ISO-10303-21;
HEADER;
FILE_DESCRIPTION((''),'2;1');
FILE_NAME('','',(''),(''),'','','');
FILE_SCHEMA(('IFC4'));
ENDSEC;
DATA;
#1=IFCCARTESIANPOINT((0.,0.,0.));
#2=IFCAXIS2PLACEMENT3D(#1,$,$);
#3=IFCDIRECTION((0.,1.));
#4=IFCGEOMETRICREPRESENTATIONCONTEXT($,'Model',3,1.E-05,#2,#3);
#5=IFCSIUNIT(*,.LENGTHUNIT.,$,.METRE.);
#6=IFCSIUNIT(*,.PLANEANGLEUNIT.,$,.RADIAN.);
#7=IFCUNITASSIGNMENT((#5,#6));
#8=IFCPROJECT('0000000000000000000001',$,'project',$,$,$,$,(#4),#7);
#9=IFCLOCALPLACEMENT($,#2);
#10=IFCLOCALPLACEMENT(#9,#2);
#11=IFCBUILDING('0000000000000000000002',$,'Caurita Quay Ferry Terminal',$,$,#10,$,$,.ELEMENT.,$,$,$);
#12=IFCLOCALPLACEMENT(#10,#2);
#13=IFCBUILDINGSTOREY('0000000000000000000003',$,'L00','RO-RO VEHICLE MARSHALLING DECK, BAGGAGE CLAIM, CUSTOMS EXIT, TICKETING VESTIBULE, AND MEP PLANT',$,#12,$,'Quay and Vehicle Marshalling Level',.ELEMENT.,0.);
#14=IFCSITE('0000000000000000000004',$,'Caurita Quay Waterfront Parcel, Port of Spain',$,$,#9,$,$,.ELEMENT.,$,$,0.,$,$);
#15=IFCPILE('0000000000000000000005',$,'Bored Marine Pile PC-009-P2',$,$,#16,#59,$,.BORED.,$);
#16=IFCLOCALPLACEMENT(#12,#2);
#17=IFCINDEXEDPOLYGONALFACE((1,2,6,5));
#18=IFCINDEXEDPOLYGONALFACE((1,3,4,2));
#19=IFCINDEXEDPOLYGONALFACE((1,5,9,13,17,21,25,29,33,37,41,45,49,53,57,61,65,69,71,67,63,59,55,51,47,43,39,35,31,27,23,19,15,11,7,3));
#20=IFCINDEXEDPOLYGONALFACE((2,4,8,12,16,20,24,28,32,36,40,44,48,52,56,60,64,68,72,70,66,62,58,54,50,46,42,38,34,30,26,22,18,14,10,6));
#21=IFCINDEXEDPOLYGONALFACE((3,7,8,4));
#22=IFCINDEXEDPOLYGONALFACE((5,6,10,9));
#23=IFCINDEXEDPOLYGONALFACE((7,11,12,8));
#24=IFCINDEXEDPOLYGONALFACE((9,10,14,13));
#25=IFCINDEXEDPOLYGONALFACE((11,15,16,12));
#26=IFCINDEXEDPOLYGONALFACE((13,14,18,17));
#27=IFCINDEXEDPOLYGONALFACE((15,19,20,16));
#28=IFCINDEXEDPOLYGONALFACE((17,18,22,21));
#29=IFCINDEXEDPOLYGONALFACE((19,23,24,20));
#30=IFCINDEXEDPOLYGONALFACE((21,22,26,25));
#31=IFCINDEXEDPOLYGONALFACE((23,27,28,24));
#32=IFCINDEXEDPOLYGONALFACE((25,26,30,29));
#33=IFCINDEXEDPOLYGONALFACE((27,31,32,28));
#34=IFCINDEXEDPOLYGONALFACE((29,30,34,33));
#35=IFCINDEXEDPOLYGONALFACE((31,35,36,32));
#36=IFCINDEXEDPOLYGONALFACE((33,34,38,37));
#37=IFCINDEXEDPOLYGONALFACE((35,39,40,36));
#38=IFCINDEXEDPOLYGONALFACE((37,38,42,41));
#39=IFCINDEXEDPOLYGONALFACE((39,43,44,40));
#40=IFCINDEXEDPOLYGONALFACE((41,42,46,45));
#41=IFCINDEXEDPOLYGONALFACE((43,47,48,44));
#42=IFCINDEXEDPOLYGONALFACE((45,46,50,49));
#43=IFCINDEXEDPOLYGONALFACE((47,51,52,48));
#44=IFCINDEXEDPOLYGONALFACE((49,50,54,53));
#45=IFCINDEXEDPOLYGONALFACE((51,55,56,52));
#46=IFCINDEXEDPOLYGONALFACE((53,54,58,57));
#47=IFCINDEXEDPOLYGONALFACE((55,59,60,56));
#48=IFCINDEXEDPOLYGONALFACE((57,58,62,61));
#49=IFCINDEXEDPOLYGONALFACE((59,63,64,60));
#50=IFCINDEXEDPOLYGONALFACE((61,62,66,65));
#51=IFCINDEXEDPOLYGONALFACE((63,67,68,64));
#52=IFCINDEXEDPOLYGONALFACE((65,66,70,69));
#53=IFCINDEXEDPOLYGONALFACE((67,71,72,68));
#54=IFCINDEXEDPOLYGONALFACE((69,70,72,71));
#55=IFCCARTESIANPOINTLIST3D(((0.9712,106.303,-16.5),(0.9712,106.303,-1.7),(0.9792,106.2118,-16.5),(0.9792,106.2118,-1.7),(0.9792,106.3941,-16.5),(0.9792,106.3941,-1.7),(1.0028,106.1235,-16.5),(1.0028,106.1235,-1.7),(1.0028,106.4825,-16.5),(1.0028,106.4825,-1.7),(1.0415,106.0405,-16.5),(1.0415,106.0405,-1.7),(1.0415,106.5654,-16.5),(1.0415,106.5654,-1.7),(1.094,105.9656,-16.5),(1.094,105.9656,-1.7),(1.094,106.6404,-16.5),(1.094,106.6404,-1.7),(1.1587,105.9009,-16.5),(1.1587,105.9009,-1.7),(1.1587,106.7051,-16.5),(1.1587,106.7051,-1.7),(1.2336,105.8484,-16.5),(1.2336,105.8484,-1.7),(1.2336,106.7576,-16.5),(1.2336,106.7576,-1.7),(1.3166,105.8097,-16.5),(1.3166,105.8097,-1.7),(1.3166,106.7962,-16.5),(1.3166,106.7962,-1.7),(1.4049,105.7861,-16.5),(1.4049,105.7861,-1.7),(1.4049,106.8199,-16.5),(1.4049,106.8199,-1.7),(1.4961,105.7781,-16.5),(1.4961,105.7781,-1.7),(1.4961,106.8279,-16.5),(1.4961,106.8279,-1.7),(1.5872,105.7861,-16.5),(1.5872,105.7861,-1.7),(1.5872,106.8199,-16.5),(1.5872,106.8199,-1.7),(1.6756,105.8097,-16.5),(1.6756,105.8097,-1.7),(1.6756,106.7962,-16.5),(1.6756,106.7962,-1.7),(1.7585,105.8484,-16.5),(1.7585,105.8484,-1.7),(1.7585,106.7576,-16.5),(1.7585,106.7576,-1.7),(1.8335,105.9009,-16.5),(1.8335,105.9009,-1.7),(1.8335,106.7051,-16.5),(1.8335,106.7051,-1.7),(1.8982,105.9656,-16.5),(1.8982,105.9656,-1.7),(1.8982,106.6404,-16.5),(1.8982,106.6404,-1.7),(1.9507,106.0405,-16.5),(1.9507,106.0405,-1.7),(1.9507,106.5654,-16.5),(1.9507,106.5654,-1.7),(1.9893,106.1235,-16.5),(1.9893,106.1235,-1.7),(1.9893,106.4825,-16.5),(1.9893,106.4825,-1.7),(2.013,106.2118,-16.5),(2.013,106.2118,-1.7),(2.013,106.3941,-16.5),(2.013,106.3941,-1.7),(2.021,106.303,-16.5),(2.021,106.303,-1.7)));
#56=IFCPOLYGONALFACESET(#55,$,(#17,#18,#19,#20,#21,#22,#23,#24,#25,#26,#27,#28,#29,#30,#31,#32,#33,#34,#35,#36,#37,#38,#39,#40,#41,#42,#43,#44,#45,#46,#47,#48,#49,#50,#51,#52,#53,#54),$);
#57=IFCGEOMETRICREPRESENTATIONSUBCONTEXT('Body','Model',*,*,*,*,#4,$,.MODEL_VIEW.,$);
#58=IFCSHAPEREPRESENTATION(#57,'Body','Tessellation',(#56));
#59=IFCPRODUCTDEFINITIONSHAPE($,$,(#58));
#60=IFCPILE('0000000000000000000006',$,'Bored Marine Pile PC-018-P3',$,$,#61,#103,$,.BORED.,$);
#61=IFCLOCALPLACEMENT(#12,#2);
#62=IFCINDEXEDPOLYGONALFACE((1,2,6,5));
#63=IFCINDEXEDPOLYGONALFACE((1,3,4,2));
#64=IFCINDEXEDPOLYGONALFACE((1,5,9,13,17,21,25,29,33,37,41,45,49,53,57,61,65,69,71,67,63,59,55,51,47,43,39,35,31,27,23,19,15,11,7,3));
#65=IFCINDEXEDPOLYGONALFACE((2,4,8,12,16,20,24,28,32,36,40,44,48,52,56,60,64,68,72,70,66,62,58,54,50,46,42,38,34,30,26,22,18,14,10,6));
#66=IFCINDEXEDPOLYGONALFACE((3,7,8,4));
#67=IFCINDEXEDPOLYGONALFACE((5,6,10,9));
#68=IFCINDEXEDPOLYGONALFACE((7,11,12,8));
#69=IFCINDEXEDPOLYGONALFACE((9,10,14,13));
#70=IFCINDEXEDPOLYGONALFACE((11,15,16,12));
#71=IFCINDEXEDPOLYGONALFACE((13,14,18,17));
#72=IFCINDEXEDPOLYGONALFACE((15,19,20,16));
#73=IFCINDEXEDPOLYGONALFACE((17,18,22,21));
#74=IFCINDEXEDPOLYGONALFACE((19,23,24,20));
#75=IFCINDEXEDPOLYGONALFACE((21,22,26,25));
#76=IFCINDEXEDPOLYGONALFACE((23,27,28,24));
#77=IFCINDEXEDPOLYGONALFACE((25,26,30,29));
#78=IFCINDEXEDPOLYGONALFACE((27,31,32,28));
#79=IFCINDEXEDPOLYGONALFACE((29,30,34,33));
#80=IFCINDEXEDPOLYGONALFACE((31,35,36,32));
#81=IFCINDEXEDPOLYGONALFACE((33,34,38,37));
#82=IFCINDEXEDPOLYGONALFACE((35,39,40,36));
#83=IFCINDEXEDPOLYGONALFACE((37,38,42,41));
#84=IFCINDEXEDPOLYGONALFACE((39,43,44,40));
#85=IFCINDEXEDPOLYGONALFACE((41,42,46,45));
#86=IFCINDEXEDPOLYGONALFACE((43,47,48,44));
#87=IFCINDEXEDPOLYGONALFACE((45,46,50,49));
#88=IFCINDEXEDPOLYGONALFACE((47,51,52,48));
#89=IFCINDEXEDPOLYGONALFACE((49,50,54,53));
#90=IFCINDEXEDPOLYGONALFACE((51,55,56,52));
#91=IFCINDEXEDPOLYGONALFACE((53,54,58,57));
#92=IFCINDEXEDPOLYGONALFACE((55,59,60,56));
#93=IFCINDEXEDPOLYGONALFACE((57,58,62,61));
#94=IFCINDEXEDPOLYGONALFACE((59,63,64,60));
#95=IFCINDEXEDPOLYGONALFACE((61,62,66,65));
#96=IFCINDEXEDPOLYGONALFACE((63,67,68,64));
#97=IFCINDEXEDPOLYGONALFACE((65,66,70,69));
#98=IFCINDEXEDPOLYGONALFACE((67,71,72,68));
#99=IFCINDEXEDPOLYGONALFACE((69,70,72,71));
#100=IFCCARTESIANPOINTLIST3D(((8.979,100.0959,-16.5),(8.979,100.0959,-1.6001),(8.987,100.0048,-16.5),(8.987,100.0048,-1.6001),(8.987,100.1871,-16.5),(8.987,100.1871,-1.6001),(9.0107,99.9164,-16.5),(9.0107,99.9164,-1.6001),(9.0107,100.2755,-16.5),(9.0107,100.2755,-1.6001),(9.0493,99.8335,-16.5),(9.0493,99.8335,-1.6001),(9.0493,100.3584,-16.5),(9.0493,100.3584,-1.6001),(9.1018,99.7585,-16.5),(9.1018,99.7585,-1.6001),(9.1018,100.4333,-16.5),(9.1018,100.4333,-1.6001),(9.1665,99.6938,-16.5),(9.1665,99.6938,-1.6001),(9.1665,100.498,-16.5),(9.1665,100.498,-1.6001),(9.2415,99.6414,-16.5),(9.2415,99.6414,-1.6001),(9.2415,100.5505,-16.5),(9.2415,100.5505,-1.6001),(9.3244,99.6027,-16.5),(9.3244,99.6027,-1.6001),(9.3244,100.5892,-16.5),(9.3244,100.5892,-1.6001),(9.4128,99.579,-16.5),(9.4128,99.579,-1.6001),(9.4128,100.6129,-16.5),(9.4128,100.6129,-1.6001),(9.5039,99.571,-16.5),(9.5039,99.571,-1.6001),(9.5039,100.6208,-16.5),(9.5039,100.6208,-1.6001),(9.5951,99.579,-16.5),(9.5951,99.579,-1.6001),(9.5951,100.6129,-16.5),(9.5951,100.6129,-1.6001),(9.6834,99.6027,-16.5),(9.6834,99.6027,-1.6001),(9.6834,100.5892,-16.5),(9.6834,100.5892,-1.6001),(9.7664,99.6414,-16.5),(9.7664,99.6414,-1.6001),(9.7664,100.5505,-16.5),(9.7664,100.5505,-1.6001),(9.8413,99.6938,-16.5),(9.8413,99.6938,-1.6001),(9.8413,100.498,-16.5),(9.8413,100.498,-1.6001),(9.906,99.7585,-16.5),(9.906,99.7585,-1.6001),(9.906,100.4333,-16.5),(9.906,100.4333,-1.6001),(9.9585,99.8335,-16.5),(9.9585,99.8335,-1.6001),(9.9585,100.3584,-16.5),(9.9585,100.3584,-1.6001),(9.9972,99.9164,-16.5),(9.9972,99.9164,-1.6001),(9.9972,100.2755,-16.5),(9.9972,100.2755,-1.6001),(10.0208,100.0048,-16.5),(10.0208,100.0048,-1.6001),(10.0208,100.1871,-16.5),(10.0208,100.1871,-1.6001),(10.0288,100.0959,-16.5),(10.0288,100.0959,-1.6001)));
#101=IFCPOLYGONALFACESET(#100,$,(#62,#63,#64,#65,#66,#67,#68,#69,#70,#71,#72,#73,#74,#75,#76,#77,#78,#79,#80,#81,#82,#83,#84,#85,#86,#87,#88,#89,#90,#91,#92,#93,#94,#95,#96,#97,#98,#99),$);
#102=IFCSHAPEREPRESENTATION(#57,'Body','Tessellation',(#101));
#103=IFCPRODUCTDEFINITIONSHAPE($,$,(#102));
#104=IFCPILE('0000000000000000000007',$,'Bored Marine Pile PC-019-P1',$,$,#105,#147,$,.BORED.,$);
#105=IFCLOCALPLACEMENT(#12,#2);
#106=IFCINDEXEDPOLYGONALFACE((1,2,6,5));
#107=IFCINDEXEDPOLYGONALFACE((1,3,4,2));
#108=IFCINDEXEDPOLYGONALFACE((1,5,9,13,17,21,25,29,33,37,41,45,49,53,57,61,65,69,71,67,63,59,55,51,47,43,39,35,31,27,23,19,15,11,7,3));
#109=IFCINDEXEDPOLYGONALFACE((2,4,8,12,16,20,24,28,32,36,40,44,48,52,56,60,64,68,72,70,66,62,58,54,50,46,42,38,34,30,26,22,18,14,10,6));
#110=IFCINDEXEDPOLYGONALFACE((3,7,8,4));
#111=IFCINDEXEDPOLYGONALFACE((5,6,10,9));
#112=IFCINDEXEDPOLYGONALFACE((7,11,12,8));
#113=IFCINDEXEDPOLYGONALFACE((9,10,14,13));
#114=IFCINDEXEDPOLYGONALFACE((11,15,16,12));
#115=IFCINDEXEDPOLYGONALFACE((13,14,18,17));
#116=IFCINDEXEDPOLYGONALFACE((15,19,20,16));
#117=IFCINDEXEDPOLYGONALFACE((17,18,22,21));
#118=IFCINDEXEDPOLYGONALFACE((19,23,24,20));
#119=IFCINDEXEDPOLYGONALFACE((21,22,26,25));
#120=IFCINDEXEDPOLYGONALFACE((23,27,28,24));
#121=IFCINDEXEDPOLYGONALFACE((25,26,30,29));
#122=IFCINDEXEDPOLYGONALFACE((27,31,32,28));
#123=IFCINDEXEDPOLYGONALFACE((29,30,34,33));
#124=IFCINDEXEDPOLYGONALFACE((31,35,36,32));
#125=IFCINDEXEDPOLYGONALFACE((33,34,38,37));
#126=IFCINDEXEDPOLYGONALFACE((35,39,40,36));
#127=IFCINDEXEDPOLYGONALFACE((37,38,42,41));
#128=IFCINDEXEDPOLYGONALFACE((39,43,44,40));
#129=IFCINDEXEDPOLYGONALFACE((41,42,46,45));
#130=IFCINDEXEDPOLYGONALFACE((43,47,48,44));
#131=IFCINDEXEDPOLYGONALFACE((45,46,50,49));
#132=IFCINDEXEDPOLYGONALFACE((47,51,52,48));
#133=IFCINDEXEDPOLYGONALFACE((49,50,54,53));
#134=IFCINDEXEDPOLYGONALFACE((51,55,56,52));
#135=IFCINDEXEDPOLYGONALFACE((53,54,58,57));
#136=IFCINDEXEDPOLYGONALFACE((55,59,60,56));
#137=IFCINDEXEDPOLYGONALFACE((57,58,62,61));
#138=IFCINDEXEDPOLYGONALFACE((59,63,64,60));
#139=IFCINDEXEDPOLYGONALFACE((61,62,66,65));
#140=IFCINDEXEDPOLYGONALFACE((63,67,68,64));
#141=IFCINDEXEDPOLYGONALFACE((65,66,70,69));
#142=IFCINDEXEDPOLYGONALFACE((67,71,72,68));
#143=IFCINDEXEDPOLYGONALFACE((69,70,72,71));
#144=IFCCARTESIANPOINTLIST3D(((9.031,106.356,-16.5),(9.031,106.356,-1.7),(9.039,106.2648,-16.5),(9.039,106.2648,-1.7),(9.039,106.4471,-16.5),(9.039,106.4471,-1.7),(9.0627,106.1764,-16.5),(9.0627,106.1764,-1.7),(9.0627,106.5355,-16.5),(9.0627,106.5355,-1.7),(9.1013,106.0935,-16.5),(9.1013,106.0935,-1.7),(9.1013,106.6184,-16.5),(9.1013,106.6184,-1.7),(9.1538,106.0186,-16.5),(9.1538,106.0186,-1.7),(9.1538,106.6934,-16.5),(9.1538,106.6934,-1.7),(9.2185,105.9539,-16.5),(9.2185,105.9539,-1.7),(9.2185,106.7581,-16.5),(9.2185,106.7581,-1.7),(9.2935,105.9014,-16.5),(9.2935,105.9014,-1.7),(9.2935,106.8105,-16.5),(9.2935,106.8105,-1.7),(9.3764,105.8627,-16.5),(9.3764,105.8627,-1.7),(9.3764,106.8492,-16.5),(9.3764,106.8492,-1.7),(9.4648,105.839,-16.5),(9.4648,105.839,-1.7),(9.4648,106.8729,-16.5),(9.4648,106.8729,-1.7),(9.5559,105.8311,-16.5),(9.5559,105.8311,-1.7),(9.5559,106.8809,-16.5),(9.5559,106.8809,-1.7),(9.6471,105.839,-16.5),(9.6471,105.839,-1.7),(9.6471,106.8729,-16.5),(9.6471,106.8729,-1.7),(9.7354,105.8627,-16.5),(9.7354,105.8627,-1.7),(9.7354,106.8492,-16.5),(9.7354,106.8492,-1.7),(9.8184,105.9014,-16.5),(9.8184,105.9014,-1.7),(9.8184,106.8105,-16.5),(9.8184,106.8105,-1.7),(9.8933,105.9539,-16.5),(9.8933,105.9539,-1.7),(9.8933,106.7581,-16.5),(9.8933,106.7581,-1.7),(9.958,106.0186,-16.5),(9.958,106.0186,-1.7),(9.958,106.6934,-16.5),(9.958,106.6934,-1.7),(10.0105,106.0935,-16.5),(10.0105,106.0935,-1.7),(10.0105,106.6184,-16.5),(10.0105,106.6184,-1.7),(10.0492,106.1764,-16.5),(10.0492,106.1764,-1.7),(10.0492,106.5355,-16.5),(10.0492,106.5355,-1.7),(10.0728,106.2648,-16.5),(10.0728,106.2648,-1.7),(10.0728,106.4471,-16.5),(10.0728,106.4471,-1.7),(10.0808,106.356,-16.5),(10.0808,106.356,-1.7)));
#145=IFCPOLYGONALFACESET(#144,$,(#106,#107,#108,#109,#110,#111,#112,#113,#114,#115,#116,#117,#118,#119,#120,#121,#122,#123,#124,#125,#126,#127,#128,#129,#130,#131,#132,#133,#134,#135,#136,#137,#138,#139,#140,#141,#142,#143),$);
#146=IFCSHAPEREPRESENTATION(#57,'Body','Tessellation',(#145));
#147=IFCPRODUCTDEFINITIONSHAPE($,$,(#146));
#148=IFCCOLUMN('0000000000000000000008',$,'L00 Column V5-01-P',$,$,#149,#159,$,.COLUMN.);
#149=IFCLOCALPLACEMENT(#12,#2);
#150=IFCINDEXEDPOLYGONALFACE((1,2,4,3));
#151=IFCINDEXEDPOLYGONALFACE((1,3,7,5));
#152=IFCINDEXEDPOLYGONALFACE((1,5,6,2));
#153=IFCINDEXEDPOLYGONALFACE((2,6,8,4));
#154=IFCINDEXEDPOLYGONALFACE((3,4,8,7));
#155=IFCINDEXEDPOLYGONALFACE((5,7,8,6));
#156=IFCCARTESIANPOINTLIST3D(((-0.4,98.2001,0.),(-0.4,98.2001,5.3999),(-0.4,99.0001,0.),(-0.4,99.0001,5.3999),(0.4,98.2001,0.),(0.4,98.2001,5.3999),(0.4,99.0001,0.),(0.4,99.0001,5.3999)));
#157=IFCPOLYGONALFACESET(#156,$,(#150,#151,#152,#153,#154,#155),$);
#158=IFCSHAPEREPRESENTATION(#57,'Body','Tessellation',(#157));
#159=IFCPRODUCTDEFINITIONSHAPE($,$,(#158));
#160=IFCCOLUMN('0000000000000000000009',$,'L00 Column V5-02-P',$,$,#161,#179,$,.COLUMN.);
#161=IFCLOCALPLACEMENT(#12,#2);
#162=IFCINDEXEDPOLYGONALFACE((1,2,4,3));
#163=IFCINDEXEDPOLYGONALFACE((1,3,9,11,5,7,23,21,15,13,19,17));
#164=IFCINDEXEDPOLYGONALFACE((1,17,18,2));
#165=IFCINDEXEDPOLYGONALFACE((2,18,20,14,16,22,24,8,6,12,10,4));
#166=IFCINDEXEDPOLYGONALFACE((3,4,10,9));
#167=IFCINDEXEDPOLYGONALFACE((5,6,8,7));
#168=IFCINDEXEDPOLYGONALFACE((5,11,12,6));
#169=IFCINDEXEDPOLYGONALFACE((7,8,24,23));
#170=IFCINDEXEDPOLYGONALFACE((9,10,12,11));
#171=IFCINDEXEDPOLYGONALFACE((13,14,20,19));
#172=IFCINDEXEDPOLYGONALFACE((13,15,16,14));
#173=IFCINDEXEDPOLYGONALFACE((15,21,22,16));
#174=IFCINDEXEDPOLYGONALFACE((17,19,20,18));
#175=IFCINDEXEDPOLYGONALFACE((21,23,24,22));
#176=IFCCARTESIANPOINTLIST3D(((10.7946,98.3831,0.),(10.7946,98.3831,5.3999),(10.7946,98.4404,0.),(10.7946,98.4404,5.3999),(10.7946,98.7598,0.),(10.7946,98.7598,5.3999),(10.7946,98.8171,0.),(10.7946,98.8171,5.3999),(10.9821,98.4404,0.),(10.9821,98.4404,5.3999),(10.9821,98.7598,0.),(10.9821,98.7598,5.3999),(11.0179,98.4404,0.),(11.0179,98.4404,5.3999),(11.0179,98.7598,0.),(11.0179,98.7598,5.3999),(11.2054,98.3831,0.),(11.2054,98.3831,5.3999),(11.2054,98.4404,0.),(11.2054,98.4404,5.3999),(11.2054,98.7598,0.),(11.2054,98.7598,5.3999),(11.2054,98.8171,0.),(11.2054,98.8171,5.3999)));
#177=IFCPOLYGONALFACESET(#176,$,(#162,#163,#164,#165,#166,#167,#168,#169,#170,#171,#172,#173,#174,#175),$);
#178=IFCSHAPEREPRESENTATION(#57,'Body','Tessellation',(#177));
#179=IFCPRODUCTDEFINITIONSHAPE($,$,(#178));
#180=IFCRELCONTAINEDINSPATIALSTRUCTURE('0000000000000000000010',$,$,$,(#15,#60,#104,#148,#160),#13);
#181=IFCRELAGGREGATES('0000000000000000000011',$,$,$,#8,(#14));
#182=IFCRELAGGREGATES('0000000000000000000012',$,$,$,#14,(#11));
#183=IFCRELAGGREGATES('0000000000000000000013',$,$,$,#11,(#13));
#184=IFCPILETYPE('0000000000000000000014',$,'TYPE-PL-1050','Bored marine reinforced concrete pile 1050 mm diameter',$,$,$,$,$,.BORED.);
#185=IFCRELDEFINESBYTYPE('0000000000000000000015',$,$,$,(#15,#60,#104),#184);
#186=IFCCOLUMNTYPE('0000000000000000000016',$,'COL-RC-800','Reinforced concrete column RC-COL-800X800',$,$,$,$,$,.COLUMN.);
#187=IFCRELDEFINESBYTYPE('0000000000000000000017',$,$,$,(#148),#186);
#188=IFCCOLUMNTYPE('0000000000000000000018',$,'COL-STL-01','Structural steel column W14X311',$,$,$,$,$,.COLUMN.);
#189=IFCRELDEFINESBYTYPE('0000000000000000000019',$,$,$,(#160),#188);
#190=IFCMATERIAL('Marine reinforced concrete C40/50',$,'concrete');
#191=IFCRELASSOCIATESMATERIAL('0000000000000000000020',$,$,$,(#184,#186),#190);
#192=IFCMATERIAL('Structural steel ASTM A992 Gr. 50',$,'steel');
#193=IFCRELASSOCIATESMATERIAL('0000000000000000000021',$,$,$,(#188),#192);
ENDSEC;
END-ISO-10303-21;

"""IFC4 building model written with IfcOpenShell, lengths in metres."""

from ifc_helpers import new_model, si_unit, direction, frame, origin, origin_2d, place, context, subcontext, project, spatial, rectangle, circle, i_section, extrude, material, material_profile, profile_set, type_object, element, save


model = new_model("IFC4")

# Units and contexts
model_context = context("Model", 3, precision=1e-05, world=origin(), true_north=direction((0.0, 1.0)))
body_context = subcontext(model_context, "Body", "Model", "MODEL_VIEW")
ifc_project = project(units=[si_unit("LENGTHUNIT", "METRE"), si_unit("PLANEANGLEUNIT", "RADIAN")], contexts=[model_context])

# Site, building, storey
site_placement = place(None, origin())
site = spatial("IfcSite", under=ifc_project, at=site_placement, Name="Caurita Quay Waterfront Parcel, Port of Spain", CompositionType="ELEMENT", RefElevation=0.0)
building_placement = place(site_placement, origin())
building = spatial("IfcBuilding", under=site, at=building_placement, Name="Caurita Quay Ferry Terminal", CompositionType="ELEMENT")
storey_placement = place(building_placement, origin())
storey = spatial("IfcBuildingStorey", under=building, at=storey_placement, Name="L00", Description="RO-RO VEHICLE MARSHALLING DECK, BAGGAGE CLAIM, CUSTOMS EXIT, TICKETING VESTIBULE, AND MEP PLANT", LongName="Quay and Vehicle Marshalling Level", CompositionType="ELEMENT", Elevation=0.0)

# Piles
ifc_material_1 = material(Name="Marine reinforced concrete C40/50", Category="concrete")
ifc_material_profile_1 = material_profile(ifc_material_1, circle(Radius=0.5249, at=origin_2d()), Name="PILE-D1050")
ifc_profile_set_1 = profile_set([ifc_material_profile_1], Name="Marine reinforced concrete C40/50")
pile_type = type_object("IfcPileType", Name="TYPE-PL-1050", Description="Bored marine reinforced concrete pile 1050 mm diameter", PredefinedType="BORED", material=ifc_profile_set_1)
for number, where, z_axis, x_axis, name in (
    (1, (1.4961, 106.303, -1.7), (0.0, 0.0, -1.0), (1.0, 0.0, 0.0), "Bored Marine Pile PC-009-P2"),
):
    element("IfcPile", number, at=place(storey_placement, frame(where, z_axis=z_axis, x_axis=x_axis)), inside=storey, type_object=pile_type, Name=name, PredefinedType="BORED", context=body_context, shape_type="SweptSolid", body=[
        extrude(circle(Radius=0.5249, at=origin_2d()), origin(), (0.0, 0.0, 1.0), 14.8),
    ])
pile_1_placement = place(storey_placement, frame((9.5039, 100.0959, -1.6001), z_axis=(0.0, 0.0, -1.0), x_axis=(1.0, 0.0, 0.0)))
element("IfcPile", 2, at=pile_1_placement, inside=storey, type_object=pile_type, Name="Bored Marine Pile PC-018-P3", PredefinedType="BORED", context=body_context, shape_type="SweptSolid", body=[
    extrude(circle(Radius=0.5249, at=origin_2d()), origin(), (0.0, 0.0, 1.0), 14.8999),
])
pile_2_placement = place(storey_placement, frame((9.5559, 106.356, -1.7), z_axis=(0.0, 0.0, -1.0), x_axis=(1.0, 0.0, 0.0)))
element("IfcPile", 3, at=pile_2_placement, inside=storey, type_object=pile_type, Name="Bored Marine Pile PC-019-P1", PredefinedType="BORED", context=body_context, shape_type="SweptSolid", body=[
    extrude(circle(Radius=0.5249, at=origin_2d()), origin(), (0.0, 0.0, 1.0), 14.8),
])

# Columns
ifc_material_profile_2 = material_profile(ifc_material_1, rectangle(XDim=0.8, YDim=0.8, at=origin_2d()), Name="RC-COL-800X800")
ifc_profile_set_2 = profile_set([ifc_material_profile_2], Name="Marine reinforced concrete C40/50")
column_type_1 = type_object("IfcColumnType", Name="COL-RC-800", Description="Reinforced concrete column RC-COL-800X800", PredefinedType="COLUMN", material=ifc_profile_set_2)
column_1_placement = place(storey_placement, frame((0.0, 98.6001, 0.0), z_axis=(0.0, 0.0, 1.0), x_axis=(1.0, 0.0, 0.0)))
element("IfcColumn", 4, at=column_1_placement, inside=storey, type_object=column_type_1, Name="L00 Column V5-01-P", PredefinedType="COLUMN", context=body_context, shape_type="SweptSolid", body=[
    extrude(rectangle(XDim=0.8, YDim=0.8, at=origin_2d()), origin(), (0.0, 0.0, 1.0), 5.3999),
])
ifc_material_2 = material(Name="Structural steel ASTM A992 Gr. 50", Category="steel")
ifc_material_profile_3 = material_profile(ifc_material_2, i_section(OverallWidth=0.4109, OverallDepth=0.4341, WebThickness=0.0359, FlangeThickness=0.0574, at=origin_2d()), Name="W14X311")
ifc_profile_set_3 = profile_set([ifc_material_profile_3], Name="Structural steel ASTM A992 Gr. 50")
column_type_2 = type_object("IfcColumnType", Name="COL-STL-01", Description="Structural steel column W14X311", PredefinedType="COLUMN", material=ifc_profile_set_3)
column_2_placement = place(storey_placement, frame((11.0, 98.6001, 0.0), z_axis=(0.0, 0.0, 1.0), x_axis=(1.0, 0.0, 0.0)))
element("IfcColumn", 5, at=column_2_placement, inside=storey, type_object=column_type_2, Name="L00 Column V5-02-P", PredefinedType="COLUMN", context=body_context, shape_type="SweptSolid", body=[
    extrude(i_section(OverallWidth=0.4109, OverallDepth=0.4341, WebThickness=0.0359, FlangeThickness=0.0574, at=origin_2d()), origin(), (0.0, 0.0, 1.0), 5.3999),
])

save(model, "model.ifc")
